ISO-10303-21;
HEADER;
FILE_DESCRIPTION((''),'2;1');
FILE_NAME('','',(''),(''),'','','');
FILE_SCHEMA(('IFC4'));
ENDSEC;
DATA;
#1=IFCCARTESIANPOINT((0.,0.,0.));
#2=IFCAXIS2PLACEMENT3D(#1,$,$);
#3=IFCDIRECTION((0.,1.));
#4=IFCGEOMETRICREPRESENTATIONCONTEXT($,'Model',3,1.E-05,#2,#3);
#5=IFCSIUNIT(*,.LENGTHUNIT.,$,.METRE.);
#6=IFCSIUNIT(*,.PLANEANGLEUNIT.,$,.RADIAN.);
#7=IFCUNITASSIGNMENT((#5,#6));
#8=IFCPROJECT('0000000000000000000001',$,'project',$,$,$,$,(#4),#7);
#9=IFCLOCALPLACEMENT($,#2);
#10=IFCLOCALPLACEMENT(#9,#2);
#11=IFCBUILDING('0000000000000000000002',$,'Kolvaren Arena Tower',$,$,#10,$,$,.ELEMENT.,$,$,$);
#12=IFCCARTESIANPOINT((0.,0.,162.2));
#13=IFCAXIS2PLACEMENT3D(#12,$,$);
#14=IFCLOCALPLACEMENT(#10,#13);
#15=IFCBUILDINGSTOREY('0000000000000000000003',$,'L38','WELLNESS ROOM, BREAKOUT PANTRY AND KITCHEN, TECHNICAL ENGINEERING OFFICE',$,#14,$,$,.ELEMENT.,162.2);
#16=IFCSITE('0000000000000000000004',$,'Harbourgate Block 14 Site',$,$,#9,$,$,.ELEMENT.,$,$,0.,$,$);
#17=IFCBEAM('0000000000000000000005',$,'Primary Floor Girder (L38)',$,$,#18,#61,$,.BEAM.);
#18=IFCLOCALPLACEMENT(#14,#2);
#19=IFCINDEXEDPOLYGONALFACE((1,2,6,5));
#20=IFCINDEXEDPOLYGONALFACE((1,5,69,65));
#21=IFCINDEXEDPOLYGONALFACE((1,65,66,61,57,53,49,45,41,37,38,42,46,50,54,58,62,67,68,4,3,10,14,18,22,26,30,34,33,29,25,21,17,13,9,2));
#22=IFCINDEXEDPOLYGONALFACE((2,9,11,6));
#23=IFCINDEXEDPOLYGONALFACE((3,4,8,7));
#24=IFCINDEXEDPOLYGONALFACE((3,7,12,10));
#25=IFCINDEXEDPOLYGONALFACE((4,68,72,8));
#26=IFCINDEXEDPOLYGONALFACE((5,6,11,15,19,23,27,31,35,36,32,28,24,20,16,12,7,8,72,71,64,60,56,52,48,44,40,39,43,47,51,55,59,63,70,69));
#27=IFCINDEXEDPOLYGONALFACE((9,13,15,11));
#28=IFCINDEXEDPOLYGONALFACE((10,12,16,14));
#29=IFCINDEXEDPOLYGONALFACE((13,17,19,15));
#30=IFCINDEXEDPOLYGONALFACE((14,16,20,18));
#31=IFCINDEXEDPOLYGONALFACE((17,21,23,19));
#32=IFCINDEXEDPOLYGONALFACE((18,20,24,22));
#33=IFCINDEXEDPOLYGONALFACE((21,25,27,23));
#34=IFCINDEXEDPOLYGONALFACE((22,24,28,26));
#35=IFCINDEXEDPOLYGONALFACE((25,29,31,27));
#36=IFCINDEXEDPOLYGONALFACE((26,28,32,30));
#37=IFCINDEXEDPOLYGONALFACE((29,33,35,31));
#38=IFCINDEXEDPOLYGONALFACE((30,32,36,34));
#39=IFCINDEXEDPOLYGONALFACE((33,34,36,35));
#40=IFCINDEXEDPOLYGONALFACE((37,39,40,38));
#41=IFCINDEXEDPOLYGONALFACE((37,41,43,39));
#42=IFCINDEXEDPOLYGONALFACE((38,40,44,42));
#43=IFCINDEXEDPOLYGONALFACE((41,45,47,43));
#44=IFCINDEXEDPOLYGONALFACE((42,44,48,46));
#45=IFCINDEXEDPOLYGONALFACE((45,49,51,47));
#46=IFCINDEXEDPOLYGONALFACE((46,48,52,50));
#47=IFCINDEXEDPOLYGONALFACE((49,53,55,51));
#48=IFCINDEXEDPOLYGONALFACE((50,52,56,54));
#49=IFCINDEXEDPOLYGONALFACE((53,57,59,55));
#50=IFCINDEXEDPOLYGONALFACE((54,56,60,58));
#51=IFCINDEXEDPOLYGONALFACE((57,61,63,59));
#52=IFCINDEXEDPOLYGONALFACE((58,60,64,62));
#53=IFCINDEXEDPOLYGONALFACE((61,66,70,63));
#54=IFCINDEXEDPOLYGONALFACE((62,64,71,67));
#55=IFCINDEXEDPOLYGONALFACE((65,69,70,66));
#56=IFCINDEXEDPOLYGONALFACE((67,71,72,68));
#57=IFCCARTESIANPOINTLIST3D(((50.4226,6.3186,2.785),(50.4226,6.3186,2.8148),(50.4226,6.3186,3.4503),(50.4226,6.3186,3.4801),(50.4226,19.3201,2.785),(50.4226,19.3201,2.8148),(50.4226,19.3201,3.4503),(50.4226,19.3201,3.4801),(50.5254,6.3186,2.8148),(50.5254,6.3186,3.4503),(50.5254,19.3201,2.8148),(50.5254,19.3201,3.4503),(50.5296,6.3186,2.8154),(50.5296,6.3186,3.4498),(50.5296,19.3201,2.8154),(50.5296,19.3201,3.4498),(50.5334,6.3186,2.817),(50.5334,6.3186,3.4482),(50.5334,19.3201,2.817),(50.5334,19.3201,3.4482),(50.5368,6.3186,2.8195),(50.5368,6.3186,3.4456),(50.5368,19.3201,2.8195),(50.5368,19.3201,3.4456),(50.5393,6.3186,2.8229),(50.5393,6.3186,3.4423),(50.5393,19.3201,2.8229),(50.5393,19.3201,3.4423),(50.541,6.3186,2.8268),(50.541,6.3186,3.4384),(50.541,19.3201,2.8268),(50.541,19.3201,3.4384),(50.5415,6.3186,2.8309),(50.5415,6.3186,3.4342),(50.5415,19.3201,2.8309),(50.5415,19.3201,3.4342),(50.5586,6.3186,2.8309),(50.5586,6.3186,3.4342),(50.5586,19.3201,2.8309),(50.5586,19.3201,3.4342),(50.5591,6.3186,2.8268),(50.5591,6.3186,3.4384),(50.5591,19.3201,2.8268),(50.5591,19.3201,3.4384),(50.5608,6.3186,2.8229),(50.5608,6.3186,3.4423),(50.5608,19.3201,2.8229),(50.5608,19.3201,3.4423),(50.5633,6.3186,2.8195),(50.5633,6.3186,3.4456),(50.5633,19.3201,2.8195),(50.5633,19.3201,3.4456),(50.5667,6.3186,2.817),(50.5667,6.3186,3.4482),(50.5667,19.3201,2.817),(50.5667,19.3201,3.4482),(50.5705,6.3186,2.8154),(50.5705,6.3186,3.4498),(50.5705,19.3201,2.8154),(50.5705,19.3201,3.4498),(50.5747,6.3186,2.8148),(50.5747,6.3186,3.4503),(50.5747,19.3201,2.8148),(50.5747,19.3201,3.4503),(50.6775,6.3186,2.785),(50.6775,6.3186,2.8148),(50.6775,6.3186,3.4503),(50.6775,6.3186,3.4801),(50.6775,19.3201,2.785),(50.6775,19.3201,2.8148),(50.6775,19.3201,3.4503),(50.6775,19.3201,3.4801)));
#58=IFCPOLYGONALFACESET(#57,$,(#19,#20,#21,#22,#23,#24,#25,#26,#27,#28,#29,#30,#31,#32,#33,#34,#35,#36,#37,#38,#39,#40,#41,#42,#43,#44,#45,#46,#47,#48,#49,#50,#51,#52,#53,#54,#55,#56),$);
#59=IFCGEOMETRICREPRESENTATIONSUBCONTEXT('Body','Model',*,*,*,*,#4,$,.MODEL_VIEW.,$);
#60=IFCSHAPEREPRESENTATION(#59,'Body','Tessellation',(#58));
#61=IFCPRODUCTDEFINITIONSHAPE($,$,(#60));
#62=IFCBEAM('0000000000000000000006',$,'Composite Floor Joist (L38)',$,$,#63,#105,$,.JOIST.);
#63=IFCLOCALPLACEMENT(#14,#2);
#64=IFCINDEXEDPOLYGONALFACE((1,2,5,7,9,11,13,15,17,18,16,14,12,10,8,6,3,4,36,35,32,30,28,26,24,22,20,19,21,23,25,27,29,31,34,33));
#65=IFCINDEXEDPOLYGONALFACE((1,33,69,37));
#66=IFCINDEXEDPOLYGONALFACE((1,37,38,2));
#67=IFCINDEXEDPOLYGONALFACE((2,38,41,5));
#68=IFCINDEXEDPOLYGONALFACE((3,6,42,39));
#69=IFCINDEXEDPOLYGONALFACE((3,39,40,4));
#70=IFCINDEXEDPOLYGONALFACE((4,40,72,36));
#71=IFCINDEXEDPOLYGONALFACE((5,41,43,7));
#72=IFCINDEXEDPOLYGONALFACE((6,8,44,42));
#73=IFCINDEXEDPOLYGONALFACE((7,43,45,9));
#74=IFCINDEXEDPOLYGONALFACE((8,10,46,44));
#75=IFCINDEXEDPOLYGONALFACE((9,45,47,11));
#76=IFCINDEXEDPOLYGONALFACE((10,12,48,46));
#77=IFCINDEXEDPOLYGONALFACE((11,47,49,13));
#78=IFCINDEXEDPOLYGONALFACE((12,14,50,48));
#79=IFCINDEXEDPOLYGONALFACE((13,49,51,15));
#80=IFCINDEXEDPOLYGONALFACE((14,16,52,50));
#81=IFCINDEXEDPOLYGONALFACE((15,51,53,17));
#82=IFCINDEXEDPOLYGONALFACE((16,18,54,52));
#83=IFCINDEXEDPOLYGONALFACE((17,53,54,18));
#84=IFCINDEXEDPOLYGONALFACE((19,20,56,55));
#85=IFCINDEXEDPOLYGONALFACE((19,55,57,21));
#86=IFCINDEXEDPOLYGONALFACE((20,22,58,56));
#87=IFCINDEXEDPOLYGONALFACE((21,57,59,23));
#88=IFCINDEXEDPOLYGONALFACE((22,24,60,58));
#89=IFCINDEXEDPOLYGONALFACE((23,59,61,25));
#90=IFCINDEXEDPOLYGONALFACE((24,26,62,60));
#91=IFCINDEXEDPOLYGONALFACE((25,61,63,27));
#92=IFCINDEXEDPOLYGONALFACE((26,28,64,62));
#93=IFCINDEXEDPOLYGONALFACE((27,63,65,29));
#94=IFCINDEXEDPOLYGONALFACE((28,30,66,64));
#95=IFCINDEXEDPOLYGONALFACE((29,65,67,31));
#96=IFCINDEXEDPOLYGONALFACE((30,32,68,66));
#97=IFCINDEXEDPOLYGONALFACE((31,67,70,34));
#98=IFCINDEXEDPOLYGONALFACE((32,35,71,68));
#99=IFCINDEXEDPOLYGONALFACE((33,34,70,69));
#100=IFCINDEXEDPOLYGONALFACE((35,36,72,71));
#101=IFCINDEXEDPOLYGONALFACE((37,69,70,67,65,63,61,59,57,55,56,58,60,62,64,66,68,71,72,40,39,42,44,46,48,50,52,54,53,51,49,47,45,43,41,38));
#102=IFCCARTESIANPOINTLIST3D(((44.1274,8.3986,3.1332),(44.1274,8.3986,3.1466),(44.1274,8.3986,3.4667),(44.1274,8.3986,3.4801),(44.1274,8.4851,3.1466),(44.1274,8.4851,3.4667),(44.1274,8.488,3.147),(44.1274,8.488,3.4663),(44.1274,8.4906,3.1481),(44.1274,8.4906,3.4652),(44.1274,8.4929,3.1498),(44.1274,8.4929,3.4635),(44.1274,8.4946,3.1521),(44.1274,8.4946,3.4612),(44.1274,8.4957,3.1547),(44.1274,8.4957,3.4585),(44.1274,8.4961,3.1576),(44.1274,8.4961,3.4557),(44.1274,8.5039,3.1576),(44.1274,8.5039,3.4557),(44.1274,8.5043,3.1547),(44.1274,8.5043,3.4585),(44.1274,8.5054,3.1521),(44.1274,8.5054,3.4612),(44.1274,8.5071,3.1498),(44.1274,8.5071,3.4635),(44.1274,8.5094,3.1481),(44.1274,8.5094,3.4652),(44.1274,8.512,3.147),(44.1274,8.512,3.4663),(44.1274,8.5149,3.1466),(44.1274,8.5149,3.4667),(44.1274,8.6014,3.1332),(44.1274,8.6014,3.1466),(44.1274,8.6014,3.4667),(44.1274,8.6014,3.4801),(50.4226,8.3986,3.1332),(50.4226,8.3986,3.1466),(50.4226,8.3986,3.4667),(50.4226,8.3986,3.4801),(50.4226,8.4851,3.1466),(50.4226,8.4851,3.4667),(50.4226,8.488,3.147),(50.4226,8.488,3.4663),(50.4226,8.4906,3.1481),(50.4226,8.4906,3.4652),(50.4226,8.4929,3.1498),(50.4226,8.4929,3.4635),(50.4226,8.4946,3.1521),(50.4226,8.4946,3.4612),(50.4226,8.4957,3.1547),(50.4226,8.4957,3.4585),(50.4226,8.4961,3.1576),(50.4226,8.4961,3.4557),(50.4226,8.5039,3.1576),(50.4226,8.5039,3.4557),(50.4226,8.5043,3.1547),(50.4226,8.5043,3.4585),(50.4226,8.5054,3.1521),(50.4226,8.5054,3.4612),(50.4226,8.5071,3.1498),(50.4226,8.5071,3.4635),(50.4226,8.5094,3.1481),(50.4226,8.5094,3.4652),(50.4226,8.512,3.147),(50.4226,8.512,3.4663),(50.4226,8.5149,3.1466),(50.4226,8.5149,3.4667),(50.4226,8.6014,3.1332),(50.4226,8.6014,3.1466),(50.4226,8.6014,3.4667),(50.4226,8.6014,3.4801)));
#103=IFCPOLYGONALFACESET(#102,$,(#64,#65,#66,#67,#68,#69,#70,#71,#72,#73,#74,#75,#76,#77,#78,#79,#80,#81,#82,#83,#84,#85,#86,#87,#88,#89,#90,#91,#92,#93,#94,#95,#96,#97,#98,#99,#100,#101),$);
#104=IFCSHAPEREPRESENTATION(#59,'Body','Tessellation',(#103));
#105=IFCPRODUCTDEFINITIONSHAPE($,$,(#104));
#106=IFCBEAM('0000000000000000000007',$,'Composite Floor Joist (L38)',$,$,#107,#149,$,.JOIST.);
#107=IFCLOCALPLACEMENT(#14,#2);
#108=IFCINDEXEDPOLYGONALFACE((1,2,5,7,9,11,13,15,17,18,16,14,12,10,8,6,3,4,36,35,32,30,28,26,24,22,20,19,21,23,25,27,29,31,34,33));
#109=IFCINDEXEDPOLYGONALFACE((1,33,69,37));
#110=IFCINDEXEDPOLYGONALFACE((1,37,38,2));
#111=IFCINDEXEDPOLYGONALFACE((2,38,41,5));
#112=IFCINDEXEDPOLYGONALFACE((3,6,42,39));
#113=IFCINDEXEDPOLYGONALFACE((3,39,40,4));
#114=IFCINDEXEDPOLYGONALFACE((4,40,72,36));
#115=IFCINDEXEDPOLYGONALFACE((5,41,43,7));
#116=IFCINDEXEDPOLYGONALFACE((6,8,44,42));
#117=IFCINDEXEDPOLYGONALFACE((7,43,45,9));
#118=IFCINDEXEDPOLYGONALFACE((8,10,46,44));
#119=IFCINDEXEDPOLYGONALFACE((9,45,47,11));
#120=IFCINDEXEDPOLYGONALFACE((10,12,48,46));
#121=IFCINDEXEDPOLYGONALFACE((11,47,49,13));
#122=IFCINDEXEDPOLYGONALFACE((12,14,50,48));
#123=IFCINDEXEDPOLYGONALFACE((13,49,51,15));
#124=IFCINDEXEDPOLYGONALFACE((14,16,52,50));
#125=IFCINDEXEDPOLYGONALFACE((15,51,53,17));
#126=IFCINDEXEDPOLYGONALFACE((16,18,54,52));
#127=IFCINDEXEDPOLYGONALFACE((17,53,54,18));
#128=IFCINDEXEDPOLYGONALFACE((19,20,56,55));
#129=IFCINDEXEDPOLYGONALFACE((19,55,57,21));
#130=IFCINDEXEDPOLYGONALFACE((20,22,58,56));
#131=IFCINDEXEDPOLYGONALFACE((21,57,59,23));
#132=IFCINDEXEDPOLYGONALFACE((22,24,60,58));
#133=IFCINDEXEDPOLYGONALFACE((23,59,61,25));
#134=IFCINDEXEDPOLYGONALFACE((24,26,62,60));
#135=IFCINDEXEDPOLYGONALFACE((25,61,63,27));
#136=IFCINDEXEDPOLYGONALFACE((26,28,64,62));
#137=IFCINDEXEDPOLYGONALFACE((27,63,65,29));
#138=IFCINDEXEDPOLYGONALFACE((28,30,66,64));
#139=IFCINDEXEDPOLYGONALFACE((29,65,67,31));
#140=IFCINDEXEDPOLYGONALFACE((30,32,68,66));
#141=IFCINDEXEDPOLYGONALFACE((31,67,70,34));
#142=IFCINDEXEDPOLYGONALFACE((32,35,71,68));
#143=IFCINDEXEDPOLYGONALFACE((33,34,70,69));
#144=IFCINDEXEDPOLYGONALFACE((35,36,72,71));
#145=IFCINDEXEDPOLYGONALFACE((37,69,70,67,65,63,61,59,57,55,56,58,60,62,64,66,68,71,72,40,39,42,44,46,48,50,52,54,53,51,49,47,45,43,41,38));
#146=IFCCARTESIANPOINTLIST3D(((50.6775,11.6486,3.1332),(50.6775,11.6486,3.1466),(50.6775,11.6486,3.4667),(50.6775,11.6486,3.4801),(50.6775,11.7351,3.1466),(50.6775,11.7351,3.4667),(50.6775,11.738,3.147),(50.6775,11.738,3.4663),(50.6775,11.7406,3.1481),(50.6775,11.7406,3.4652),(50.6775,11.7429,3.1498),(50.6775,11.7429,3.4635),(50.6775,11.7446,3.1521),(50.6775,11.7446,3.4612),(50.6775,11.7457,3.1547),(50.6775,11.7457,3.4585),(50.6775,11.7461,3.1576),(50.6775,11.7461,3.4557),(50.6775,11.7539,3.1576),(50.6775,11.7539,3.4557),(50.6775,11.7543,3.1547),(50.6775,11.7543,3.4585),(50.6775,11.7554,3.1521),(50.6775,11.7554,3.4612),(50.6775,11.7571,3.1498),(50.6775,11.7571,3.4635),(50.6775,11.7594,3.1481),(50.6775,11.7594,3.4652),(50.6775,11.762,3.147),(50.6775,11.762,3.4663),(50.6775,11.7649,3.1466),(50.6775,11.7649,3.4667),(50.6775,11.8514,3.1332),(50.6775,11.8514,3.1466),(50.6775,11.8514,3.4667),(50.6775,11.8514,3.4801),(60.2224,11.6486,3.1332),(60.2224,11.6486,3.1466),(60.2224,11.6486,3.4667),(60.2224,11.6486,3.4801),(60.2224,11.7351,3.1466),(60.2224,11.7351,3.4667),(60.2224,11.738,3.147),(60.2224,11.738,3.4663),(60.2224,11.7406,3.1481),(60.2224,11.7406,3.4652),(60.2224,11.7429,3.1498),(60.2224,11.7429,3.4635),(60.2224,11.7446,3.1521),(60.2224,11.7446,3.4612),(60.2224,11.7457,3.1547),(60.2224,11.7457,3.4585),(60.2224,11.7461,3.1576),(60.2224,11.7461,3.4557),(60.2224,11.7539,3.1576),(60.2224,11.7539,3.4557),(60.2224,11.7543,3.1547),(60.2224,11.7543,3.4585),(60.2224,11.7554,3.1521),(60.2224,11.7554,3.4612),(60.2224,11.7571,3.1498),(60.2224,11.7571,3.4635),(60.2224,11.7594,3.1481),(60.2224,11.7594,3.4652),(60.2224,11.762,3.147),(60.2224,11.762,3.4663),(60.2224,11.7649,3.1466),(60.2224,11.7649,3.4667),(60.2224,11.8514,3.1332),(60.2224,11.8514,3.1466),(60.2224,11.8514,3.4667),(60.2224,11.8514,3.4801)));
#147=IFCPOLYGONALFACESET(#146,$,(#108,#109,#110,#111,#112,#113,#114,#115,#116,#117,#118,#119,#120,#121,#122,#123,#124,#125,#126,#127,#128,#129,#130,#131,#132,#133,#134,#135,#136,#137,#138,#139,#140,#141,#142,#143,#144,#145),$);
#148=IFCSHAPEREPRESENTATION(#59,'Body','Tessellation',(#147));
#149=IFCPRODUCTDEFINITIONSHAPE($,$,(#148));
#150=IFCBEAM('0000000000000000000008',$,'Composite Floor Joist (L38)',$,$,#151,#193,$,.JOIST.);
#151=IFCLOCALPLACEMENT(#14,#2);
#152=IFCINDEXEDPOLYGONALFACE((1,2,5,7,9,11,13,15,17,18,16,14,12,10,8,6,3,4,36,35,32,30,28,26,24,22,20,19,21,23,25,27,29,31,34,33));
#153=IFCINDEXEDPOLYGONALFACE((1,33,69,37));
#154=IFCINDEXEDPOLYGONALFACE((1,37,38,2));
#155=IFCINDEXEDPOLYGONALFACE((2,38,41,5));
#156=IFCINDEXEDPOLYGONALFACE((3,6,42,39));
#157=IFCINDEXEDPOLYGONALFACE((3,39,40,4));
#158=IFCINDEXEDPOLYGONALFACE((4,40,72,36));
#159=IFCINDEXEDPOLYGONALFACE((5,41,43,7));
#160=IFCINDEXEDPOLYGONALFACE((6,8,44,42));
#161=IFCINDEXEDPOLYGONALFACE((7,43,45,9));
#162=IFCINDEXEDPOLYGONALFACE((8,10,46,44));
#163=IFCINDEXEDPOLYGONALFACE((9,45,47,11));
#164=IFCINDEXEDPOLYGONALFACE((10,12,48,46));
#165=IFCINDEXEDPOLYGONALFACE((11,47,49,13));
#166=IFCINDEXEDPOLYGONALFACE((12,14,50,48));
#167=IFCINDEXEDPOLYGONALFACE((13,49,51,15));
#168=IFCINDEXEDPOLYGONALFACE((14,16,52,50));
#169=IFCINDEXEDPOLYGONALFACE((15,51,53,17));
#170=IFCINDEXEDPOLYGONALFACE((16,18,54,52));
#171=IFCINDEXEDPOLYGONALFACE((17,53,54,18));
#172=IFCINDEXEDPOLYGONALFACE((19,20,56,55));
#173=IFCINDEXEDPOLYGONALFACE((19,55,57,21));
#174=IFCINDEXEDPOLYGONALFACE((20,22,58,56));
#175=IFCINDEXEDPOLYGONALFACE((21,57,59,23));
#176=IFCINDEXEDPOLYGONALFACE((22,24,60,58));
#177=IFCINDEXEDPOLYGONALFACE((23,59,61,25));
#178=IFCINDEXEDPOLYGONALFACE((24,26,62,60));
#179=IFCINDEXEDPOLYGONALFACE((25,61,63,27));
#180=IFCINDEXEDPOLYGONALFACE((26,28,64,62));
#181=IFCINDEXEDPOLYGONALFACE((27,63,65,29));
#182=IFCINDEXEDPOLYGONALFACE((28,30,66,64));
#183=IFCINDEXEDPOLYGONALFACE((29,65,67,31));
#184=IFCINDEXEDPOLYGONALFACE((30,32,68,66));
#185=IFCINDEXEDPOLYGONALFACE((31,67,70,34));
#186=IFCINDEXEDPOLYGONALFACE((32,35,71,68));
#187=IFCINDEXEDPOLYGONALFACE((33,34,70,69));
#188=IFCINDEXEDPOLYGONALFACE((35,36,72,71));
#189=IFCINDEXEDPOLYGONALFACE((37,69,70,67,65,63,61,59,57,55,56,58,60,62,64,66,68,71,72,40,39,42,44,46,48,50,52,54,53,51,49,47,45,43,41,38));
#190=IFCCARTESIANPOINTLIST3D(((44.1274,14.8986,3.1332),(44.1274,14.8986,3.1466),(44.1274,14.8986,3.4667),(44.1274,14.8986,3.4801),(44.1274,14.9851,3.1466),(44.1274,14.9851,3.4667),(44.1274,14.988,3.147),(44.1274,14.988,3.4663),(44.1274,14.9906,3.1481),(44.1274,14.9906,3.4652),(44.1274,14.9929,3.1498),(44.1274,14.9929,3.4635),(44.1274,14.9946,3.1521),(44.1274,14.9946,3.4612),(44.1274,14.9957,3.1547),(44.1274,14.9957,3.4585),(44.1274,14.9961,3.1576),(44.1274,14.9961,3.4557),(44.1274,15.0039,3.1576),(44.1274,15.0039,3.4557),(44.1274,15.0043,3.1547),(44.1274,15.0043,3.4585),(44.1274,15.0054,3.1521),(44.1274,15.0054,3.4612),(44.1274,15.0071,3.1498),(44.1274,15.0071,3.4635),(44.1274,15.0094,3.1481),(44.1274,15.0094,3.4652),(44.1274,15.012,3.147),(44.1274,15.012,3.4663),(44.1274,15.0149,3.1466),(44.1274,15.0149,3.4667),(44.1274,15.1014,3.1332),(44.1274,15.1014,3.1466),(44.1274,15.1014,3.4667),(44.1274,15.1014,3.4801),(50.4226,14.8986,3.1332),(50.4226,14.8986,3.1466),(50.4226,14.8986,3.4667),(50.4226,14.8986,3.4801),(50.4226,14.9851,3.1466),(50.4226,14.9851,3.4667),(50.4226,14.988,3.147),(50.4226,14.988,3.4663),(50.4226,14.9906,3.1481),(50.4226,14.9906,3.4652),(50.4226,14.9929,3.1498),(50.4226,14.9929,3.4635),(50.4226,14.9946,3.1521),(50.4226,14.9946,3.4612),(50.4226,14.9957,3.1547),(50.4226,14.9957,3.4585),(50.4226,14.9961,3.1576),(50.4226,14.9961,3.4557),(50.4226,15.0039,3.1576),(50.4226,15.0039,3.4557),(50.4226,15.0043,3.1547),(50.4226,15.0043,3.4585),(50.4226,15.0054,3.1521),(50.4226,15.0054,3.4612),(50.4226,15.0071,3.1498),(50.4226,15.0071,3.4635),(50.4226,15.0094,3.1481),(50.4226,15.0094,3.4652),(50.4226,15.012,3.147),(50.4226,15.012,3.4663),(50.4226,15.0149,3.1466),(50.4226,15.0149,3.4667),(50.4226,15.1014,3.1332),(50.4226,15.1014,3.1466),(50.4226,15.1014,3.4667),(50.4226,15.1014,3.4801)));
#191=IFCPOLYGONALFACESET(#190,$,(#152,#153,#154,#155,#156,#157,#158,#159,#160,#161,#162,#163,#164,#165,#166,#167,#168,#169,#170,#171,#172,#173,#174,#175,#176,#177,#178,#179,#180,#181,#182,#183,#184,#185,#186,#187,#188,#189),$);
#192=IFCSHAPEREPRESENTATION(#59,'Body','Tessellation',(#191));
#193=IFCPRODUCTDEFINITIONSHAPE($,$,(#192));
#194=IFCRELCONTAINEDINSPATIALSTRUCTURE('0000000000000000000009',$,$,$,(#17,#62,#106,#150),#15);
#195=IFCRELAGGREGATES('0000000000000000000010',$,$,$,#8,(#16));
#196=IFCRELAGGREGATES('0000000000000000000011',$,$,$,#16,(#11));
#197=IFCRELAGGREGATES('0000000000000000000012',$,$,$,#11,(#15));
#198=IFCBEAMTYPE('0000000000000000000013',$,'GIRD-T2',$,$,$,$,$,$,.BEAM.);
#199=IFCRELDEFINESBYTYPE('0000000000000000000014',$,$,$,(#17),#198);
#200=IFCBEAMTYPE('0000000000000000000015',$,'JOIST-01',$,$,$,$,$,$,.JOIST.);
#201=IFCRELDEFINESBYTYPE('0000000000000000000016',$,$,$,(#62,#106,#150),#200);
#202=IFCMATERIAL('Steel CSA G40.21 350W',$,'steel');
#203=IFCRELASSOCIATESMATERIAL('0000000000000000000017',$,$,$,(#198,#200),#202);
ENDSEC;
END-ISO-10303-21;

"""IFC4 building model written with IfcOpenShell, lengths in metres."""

from ifc_helpers import new_model, si_unit, direction, frame, origin, origin_2d, place, context, subcontext, project, spatial, i_section, extrude, material, material_profile, profile_set, type_object, element, save


model = new_model("IFC4")

# Units and contexts
model_context = context("Model", 3, precision=1e-05, world=origin(), true_north=direction((0.0, 1.0)))
body_context = subcontext(model_context, "Body", "Model", "MODEL_VIEW")
ifc_project = project(units=[si_unit("LENGTHUNIT", "METRE"), si_unit("PLANEANGLEUNIT", "RADIAN")], contexts=[model_context])

# Site, building, storey
site_placement = place(None, origin())
site = spatial("IfcSite", under=ifc_project, at=site_placement, Name="Harbourgate Block 14 Site", CompositionType="ELEMENT", RefElevation=0.0)
building_placement = place(site_placement, origin())
building = spatial("IfcBuilding", under=site, at=building_placement, Name="Kolvaren Arena Tower", CompositionType="ELEMENT")
storey_placement = place(building_placement, frame((0.0, 0.0, 162.2)))
storey = spatial("IfcBuildingStorey", under=building, at=storey_placement, Name="L38", Description="WELLNESS ROOM, BREAKOUT PANTRY AND KITCHEN, TECHNICAL ENGINEERING OFFICE", CompositionType="ELEMENT", Elevation=162.2)

# Beams
ifc_material_1 = material(Name="Steel CSA G40.21 350W", Category="steel")
ifc_material_profile_1 = material_profile(ifc_material_1, i_section(OverallWidth=0.2549, OverallDepth=0.6951, WebThickness=0.0171, FlangeThickness=0.0298, FilletRadius=0.0161, at=origin_2d()), Name="W690x217")
ifc_profile_set_1 = profile_set([ifc_material_profile_1], Name="Steel CSA G40.21 350W")
beam_type_1 = type_object("IfcBeamType", Name="GIRD-T2", PredefinedType="BEAM", material=ifc_profile_set_1)
beam_1_placement = place(storey_placement, frame((50.55, 6.3186, 3.1326), z_axis=(0.0, 1.0, 0.0), x_axis=(-1.0, 0.0, 0.0)))
element("IfcBeam", 1, at=beam_1_placement, inside=storey, type_object=beam_type_1, Name="Primary Floor Girder (L38)", PredefinedType="BEAM", context=body_context, shape_type="SweptSolid", body=[
    extrude(i_section(OverallWidth=0.2549, OverallDepth=0.6951, WebThickness=0.0171, FlangeThickness=0.0298, FilletRadius=0.0161, at=origin_2d()), origin(), (0.0, 0.0, 1.0), 13.0015),
])
ifc_material_profile_2 = material_profile(ifc_material_1, i_section(OverallWidth=0.2029, OverallDepth=0.3469, WebThickness=0.0078, FlangeThickness=0.0134, FilletRadius=0.011, at=origin_2d()), Name="W360x64")
ifc_profile_set_2 = profile_set([ifc_material_profile_2], Name="Steel CSA G40.21 350W")
beam_type_2 = type_object("IfcBeamType", Name="JOIST-01", PredefinedType="JOIST", material=ifc_profile_set_2)
beam_2_placement = place(storey_placement, frame((44.1274, 8.5, 3.3066), z_axis=(1.0, 0.0, 0.0), x_axis=(0.0, 1.0, 0.0)))
element("IfcBeam", 2, at=beam_2_placement, inside=storey, type_object=beam_type_2, Name="Composite Floor Joist (L38)", PredefinedType="JOIST", context=body_context, shape_type="SweptSolid", body=[
    extrude(i_section(OverallWidth=0.2029, OverallDepth=0.3469, WebThickness=0.0078, FlangeThickness=0.0134, FilletRadius=0.011, at=origin_2d()), origin(), (0.0, 0.0, 1.0), 6.2952),
])
beam_3_placement = place(storey_placement, frame((50.6775, 11.75, 3.3066), z_axis=(1.0, 0.0, 0.0), x_axis=(0.0, 1.0, 0.0)))
element("IfcBeam", 3, at=beam_3_placement, inside=storey, type_object=beam_type_2, Name="Composite Floor Joist (L38)", PredefinedType="JOIST", context=body_context, shape_type="SweptSolid", body=[
    extrude(i_section(OverallWidth=0.2029, OverallDepth=0.3469, WebThickness=0.0078, FlangeThickness=0.0134, FilletRadius=0.011, at=origin_2d()), origin(), (0.0, 0.0, 1.0), 9.5449),
])
beam_4_placement = place(storey_placement, frame((44.1274, 15.0, 3.3066), z_axis=(1.0, 0.0, 0.0), x_axis=(0.0, 1.0, 0.0)))
element("IfcBeam", 4, at=beam_4_placement, inside=storey, type_object=beam_type_2, Name="Composite Floor Joist (L38)", PredefinedType="JOIST", context=body_context, shape_type="SweptSolid", body=[
    extrude(i_section(OverallWidth=0.2029, OverallDepth=0.3469, WebThickness=0.0078, FlangeThickness=0.0134, FilletRadius=0.011, at=origin_2d()), origin(), (0.0, 0.0, 1.0), 6.2952),
])

save(model, "model.ifc")
